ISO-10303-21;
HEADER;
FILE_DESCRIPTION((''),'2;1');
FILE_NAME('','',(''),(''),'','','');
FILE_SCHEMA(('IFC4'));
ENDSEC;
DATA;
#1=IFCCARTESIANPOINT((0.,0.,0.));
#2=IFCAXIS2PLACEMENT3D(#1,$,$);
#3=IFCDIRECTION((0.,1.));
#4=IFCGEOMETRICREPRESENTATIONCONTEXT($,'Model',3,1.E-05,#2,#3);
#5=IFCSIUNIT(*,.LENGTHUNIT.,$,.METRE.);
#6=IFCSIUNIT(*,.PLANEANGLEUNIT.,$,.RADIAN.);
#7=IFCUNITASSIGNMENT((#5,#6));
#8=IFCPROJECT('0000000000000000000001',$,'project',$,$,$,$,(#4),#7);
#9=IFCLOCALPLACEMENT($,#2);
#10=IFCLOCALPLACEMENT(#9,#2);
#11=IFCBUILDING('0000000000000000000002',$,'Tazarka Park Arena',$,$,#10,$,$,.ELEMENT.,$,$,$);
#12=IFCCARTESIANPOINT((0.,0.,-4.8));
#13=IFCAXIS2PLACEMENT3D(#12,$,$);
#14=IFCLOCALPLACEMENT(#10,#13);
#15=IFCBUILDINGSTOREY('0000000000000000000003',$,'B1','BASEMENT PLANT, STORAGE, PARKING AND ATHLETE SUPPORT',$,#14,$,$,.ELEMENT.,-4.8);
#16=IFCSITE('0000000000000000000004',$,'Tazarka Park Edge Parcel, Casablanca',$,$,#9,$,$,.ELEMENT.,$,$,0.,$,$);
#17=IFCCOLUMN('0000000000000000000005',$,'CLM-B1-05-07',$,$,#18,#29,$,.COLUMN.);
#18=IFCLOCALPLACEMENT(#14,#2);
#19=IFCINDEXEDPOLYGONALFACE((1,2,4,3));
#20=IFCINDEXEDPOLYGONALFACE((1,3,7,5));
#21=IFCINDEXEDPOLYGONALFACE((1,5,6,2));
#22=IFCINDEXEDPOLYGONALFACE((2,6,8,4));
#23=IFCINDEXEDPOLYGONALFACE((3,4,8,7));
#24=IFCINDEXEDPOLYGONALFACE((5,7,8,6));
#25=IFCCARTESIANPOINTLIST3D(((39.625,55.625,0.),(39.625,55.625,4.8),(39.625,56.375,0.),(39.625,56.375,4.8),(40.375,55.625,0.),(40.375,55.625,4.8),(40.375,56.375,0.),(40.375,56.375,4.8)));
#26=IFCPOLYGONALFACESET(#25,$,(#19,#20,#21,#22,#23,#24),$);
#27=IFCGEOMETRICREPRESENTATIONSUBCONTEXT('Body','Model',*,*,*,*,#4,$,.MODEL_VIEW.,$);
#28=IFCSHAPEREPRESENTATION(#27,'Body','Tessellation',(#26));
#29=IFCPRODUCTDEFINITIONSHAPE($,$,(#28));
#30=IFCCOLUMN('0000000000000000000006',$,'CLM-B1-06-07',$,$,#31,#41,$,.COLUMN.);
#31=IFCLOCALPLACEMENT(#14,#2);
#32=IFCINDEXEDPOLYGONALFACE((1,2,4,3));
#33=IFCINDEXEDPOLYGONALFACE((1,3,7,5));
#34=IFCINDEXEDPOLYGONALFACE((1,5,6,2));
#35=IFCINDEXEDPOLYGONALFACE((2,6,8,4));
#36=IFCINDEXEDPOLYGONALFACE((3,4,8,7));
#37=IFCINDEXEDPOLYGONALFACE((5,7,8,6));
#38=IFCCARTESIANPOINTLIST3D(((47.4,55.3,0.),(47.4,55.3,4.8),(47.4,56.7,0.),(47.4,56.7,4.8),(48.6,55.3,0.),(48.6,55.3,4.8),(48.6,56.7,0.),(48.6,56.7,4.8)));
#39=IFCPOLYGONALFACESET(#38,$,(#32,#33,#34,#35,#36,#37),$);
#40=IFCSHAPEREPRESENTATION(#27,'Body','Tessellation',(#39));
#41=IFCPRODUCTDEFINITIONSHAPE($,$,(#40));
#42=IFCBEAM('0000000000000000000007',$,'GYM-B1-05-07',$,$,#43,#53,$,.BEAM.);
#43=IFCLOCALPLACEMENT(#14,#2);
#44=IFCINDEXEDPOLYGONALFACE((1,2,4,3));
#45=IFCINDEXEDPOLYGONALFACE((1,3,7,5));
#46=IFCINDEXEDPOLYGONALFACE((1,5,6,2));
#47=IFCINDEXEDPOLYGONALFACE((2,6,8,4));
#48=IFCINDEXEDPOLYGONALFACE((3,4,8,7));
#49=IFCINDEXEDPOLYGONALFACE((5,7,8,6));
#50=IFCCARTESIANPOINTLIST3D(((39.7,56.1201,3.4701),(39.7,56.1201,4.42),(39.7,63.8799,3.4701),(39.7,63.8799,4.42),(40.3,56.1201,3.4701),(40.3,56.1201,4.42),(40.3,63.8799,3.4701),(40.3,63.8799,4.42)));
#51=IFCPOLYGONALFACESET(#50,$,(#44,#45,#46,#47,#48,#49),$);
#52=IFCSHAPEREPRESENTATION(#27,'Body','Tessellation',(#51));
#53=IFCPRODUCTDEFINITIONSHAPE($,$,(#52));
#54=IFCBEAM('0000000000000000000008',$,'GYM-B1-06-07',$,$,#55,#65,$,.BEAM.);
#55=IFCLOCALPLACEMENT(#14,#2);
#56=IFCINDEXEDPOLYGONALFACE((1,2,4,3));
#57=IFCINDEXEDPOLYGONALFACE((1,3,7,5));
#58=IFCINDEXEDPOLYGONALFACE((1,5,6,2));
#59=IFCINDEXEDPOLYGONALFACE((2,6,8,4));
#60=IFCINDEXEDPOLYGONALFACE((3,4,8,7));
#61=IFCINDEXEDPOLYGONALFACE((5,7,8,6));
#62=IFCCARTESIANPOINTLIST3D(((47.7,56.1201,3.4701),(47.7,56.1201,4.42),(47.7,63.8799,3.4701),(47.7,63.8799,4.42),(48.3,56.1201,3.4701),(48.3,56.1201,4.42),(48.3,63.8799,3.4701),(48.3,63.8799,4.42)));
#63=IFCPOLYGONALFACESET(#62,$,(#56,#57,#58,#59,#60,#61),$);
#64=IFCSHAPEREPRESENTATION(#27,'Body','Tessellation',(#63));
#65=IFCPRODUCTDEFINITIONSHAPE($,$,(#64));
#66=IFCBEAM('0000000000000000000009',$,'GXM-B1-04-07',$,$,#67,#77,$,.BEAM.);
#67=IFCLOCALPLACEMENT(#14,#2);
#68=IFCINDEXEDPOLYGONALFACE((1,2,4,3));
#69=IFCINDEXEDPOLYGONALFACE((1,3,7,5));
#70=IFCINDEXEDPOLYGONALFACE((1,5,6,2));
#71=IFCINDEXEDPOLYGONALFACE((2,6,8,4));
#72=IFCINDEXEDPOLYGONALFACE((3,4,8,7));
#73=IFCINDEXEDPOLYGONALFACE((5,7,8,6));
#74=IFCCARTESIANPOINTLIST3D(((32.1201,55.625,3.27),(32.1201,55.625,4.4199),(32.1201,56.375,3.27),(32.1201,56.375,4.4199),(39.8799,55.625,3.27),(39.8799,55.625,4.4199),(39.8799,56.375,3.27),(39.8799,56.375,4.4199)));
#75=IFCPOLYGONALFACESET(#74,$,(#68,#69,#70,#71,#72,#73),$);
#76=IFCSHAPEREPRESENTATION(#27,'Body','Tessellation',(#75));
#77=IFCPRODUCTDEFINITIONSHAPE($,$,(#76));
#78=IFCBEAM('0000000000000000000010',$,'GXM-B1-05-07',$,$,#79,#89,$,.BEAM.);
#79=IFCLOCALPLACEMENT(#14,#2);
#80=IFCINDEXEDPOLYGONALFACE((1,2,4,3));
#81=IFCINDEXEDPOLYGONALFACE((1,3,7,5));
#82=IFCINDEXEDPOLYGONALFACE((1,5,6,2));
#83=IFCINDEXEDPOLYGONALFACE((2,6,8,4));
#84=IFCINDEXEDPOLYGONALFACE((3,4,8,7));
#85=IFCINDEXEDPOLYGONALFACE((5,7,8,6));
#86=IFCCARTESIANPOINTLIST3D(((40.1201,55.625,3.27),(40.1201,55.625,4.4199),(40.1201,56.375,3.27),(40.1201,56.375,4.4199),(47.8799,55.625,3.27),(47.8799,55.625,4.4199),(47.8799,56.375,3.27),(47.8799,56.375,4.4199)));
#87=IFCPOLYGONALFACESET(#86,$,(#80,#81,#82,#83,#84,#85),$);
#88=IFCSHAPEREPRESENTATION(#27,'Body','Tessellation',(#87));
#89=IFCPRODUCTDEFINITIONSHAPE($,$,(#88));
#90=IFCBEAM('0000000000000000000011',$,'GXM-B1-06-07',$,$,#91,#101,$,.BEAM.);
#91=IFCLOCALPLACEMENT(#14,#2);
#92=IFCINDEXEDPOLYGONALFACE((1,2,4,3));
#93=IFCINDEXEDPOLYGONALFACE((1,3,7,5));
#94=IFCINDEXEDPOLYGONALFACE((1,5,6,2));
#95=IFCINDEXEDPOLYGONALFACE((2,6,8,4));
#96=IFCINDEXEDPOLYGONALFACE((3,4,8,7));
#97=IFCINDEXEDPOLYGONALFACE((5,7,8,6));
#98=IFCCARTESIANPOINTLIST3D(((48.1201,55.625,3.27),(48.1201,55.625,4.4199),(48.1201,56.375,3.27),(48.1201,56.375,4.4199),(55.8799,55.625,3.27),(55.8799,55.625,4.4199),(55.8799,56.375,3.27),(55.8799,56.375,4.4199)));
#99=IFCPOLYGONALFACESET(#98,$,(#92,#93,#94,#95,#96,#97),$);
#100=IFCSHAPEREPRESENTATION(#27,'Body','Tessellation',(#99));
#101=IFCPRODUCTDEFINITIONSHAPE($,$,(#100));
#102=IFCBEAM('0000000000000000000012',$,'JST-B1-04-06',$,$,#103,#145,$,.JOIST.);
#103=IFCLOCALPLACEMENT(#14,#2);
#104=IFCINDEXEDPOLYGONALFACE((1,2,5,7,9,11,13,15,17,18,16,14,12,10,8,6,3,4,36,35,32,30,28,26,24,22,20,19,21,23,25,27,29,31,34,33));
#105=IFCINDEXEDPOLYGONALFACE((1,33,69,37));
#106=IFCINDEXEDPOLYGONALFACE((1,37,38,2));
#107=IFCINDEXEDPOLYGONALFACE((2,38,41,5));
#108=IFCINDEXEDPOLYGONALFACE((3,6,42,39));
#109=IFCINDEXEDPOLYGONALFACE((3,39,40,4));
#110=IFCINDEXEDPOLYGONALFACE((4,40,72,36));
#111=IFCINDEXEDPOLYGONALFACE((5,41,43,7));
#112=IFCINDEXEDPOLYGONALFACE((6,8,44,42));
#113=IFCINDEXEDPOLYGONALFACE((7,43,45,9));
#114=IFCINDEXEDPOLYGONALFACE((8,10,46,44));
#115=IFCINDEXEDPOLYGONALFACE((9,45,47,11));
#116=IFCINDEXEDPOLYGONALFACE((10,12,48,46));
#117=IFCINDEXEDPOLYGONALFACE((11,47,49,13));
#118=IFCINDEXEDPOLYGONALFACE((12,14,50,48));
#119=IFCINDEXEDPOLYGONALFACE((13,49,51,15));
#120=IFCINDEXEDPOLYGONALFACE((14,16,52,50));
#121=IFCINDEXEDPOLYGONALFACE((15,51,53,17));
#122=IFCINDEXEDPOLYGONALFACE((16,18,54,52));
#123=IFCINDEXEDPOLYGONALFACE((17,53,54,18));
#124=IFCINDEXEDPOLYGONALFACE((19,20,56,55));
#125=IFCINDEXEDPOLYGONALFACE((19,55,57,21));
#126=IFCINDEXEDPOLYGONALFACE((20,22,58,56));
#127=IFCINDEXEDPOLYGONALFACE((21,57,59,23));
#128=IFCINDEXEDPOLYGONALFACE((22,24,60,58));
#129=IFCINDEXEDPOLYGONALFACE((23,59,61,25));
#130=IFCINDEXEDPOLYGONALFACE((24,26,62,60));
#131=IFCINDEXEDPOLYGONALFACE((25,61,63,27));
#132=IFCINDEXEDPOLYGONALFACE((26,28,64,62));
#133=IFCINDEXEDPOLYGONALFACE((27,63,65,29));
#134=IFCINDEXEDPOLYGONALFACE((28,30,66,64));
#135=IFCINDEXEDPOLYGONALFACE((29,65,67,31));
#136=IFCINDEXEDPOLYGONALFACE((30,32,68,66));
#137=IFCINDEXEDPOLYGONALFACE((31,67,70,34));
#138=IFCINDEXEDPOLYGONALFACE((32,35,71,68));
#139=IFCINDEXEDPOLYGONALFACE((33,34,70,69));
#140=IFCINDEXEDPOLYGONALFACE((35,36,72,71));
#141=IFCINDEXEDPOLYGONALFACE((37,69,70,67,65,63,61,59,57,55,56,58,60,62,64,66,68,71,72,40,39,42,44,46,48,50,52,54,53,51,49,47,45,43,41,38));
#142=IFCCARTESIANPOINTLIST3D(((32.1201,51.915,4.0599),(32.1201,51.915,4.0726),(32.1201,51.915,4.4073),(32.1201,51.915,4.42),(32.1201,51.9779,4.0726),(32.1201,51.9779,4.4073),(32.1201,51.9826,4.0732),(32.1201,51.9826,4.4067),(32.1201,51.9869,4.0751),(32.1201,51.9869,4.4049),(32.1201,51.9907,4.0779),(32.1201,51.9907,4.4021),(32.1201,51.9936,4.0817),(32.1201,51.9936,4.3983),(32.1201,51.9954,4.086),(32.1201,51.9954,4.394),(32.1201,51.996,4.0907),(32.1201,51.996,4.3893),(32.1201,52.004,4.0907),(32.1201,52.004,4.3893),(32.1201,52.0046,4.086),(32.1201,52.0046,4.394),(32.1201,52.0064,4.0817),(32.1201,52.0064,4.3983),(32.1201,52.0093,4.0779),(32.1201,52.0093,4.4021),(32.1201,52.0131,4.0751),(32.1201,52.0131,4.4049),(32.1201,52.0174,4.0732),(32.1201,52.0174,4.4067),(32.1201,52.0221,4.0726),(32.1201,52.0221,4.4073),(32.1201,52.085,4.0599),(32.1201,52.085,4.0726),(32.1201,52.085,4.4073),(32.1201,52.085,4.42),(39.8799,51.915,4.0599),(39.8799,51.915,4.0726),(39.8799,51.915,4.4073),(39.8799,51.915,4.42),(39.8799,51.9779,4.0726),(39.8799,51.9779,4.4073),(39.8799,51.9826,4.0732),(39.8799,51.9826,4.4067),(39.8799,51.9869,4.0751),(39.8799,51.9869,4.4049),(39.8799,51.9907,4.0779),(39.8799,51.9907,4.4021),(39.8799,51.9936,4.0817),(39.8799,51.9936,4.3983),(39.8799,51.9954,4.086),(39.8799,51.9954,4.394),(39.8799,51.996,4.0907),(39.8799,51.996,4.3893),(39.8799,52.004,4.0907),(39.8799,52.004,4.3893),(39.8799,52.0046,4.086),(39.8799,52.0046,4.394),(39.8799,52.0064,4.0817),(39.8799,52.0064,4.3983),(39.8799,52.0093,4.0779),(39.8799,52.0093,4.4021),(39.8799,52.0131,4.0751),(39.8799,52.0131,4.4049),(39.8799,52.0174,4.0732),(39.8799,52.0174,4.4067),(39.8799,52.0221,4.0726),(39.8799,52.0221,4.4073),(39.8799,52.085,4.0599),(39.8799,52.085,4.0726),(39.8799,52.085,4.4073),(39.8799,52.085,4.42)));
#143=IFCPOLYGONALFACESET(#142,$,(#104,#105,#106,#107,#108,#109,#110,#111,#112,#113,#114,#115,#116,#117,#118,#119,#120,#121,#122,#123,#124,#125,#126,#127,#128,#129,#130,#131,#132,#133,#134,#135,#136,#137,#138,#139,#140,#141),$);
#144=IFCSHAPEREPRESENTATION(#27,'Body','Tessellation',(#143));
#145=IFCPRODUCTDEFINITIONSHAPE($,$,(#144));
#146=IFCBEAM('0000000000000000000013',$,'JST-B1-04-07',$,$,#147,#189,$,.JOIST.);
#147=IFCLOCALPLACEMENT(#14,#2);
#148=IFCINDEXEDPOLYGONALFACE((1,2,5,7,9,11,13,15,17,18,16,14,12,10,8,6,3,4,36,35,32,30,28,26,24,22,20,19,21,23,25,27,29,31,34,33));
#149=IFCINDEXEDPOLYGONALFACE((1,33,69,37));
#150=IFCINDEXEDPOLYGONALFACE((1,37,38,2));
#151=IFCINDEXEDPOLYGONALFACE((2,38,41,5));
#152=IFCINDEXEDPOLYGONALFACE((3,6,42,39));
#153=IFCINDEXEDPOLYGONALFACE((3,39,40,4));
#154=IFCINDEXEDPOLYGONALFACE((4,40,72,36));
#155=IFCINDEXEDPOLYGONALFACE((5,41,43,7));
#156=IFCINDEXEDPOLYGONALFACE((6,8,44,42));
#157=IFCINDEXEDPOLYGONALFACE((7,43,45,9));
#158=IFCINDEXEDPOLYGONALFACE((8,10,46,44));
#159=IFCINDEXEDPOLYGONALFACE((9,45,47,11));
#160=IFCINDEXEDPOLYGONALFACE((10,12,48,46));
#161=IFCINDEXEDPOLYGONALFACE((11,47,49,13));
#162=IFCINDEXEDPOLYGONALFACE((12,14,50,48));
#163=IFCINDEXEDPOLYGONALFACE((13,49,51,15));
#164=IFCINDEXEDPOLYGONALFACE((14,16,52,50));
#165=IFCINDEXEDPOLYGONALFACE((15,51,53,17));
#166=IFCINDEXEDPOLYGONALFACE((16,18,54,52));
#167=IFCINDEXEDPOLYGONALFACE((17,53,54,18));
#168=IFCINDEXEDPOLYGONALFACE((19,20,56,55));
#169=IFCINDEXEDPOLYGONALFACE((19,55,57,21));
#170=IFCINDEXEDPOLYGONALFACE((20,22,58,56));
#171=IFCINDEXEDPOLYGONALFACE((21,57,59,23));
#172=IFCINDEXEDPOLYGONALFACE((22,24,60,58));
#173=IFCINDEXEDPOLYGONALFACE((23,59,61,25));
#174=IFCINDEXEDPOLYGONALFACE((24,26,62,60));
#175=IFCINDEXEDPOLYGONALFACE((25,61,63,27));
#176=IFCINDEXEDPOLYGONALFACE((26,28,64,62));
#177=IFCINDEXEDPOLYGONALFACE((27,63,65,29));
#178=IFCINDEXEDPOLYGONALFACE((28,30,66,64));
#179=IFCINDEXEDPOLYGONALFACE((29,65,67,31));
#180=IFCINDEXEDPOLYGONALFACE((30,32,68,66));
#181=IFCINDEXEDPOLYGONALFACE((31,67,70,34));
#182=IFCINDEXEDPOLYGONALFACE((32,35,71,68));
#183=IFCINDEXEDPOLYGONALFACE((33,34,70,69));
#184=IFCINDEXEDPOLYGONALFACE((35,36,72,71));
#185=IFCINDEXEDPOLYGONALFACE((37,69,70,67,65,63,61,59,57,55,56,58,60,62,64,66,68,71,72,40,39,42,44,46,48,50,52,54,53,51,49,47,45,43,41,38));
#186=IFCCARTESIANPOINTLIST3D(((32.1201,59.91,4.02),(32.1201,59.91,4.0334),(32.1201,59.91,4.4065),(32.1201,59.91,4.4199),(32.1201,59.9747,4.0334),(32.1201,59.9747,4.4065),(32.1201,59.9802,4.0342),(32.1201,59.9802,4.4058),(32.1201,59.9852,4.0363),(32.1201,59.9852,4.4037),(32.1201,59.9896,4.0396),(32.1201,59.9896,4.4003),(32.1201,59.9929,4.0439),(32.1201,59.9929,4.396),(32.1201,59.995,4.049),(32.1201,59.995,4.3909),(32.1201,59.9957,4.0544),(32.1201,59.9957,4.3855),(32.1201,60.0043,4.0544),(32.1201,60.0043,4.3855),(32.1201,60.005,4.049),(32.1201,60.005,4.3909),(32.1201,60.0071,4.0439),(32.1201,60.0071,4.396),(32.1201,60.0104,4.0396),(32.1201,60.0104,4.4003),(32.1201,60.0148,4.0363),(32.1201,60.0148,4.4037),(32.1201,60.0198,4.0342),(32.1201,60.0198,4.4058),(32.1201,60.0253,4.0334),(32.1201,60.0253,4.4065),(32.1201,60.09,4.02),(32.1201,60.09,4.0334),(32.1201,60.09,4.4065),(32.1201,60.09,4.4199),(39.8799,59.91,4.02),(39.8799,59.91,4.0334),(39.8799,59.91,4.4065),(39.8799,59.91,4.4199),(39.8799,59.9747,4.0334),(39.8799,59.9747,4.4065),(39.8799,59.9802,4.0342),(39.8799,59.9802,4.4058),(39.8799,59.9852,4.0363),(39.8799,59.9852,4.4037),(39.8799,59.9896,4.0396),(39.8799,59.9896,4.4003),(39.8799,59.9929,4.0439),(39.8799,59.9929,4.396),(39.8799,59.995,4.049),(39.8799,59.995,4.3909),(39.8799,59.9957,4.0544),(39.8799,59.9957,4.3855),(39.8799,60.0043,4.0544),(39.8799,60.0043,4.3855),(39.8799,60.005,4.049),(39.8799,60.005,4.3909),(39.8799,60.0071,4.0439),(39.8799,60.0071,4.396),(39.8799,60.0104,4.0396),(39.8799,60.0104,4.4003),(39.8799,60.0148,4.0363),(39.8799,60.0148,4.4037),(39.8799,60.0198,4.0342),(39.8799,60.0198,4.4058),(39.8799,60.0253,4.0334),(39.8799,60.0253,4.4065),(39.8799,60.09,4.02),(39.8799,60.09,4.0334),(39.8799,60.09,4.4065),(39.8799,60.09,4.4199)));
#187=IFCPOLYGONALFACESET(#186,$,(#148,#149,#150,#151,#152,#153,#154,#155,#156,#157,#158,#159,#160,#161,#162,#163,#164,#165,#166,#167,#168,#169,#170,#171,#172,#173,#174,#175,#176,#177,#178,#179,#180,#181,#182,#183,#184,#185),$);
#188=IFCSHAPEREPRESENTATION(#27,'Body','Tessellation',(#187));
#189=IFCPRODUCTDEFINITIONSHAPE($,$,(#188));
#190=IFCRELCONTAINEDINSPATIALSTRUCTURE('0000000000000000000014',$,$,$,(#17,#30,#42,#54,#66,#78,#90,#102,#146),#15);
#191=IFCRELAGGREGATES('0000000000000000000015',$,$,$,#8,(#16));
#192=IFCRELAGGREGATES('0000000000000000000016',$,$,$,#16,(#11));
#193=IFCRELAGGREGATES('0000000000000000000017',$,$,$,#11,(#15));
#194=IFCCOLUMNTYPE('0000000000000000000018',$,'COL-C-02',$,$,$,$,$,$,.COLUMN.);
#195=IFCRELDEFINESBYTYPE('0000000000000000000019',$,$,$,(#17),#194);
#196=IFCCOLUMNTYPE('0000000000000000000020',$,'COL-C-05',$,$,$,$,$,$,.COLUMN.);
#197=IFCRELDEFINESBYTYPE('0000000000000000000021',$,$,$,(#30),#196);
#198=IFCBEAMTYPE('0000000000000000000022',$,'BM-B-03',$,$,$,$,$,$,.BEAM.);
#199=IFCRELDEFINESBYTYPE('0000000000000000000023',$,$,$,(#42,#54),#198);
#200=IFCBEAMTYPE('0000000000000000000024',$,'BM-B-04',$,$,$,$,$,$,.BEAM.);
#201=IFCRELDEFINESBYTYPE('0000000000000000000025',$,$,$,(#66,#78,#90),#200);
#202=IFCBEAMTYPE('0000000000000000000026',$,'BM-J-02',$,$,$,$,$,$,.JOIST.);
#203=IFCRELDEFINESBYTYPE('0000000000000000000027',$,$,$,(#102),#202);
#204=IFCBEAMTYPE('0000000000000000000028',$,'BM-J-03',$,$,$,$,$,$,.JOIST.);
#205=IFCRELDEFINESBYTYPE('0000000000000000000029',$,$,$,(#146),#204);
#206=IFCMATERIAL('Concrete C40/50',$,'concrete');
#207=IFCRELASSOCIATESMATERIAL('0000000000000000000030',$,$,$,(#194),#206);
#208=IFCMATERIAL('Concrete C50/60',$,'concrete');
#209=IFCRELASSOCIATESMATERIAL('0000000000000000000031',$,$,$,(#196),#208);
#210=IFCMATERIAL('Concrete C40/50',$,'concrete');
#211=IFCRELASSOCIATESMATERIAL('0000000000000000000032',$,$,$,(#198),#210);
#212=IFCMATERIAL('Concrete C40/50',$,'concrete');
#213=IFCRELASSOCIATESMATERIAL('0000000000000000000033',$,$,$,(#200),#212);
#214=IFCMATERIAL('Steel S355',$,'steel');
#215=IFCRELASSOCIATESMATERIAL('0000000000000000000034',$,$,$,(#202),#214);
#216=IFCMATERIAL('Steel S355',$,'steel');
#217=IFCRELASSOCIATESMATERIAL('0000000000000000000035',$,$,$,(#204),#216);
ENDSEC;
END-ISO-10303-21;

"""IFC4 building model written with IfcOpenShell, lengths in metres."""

from ifc_helpers import new_model, si_unit, direction, frame, origin, origin_2d, place, context, subcontext, project, spatial, rectangle, i_section, extrude, material, material_profile, profile_set, type_object, element, save


model = new_model("IFC4")

# Units and contexts
model_context = context("Model", 3, precision=1e-05, world=origin(), true_north=direction((0.0, 1.0)))
body_context = subcontext(model_context, "Body", "Model", "MODEL_VIEW")
ifc_project = project(units=[si_unit("LENGTHUNIT", "METRE"), si_unit("PLANEANGLEUNIT", "RADIAN")], contexts=[model_context])

# Site, building, storey
site_placement = place(None, origin())
site = spatial("IfcSite", under=ifc_project, at=site_placement, Name="Tazarka Park Edge Parcel, Casablanca", CompositionType="ELEMENT", RefElevation=0.0)
building_placement = place(site_placement, origin())
building = spatial("IfcBuilding", under=site, at=building_placement, Name="Tazarka Park Arena", CompositionType="ELEMENT")
storey_placement = place(building_placement, frame((0.0, 0.0, -4.8)))
storey = spatial("IfcBuildingStorey", under=building, at=storey_placement, Name="B1", Description="BASEMENT PLANT, STORAGE, PARKING AND ATHLETE SUPPORT", CompositionType="ELEMENT", Elevation=-4.8)

# Columns
ifc_material_1 = material(Name="Concrete C40/50", Category="concrete")
ifc_material_profile_1 = material_profile(ifc_material_1, rectangle(XDim=0.75, YDim=0.75, at=origin_2d()), Name="Concrete C40/50")
ifc_profile_set_1 = profile_set([ifc_material_profile_1], Name="Concrete C40/50")
column_type_1 = type_object("IfcColumnType", Name="COL-C-02", PredefinedType="COLUMN", material=ifc_profile_set_1)
column_1_placement = place(storey_placement, frame((40.0, 56.0, 0.0), z_axis=(0.0, 0.0, 1.0), x_axis=(1.0, 0.0, 0.0)))
element("IfcColumn", 1, at=column_1_placement, inside=storey, type_object=column_type_1, Name="CLM-B1-05-07", PredefinedType="COLUMN", context=body_context, shape_type="SweptSolid", body=[
    extrude(rectangle(XDim=0.75, YDim=0.75, at=origin_2d()), origin(), (0.0, 0.0, 1.0), 4.8),
])
ifc_material_2 = material(Name="Concrete C50/60", Category="concrete")
ifc_material_profile_2 = material_profile(ifc_material_2, rectangle(XDim=1.2, YDim=1.3999, at=origin_2d()), Name="Concrete C50/60")
ifc_profile_set_2 = profile_set([ifc_material_profile_2], Name="Concrete C50/60")
column_type_2 = type_object("IfcColumnType", Name="COL-C-05", PredefinedType="COLUMN", material=ifc_profile_set_2)
column_2_placement = place(storey_placement, frame((48.0, 56.0, 0.0), z_axis=(0.0, 0.0, 1.0), x_axis=(1.0, 0.0, 0.0)))
element("IfcColumn", 2, at=column_2_placement, inside=storey, type_object=column_type_2, Name="CLM-B1-06-07", PredefinedType="COLUMN", context=body_context, shape_type="SweptSolid", body=[
    extrude(rectangle(XDim=1.2, YDim=1.3999, at=origin_2d()), origin(), (0.0, 0.0, 1.0), 4.8),
])

# Beams
ifc_material_3 = material(Name="Concrete C40/50", Category="concrete")
ifc_material_profile_3 = material_profile(ifc_material_3, rectangle(XDim=0.6001, YDim=0.95, at=origin_2d()), Name="Concrete C40/50")
ifc_profile_set_3 = profile_set([ifc_material_profile_3], Name="Concrete C40/50")
beam_type_1 = type_object("IfcBeamType", Name="BM-B-03", PredefinedType="BEAM", material=ifc_profile_set_3)
for number, where, z_axis, x_axis, name in (
    (3, (40.0, 56.1201, 3.9451), (0.0, 1.0, 0.0), (-1.0, 0.0, 0.0), "GYM-B1-05-07"),
    (4, (48.0, 56.1201, 3.9451), (0.0, 1.0, 0.0), (-1.0, 0.0, 0.0), "GYM-B1-06-07"),
):
    element("IfcBeam", number, at=place(storey_placement, frame(where, z_axis=z_axis, x_axis=x_axis)), inside=storey, type_object=beam_type_1, Name=name, PredefinedType="BEAM", context=body_context, shape_type="SweptSolid", body=[
        extrude(rectangle(XDim=0.6001, YDim=0.95, at=origin_2d()), origin(), (0.0, 0.0, 1.0), 7.7598),
    ])
ifc_material_4 = material(Name="Concrete C40/50", Category="concrete")
ifc_material_profile_4 = material_profile(ifc_material_4, rectangle(XDim=0.75, YDim=1.1499, at=origin_2d()), Name="Concrete C40/50")
ifc_profile_set_4 = profile_set([ifc_material_profile_4], Name="Concrete C40/50")
beam_type_2 = type_object("IfcBeamType", Name="BM-B-04", PredefinedType="BEAM", material=ifc_profile_set_4)
for number, where, z_axis, x_axis, name in (
    (5, (32.1201, 56.0, 3.845), (1.0, 0.0, 0.0), (0.0, 1.0, 0.0), "GXM-B1-04-07"),
    (6, (40.1201, 56.0, 3.845), (1.0, 0.0, 0.0), (0.0, 1.0, 0.0), "GXM-B1-05-07"),
    (7, (48.1201, 56.0, 3.845), (1.0, 0.0, 0.0), (0.0, 1.0, 0.0), "GXM-B1-06-07"),
):
    element("IfcBeam", number, at=place(storey_placement, frame(where, z_axis=z_axis, x_axis=x_axis)), inside=storey, type_object=beam_type_2, Name=name, PredefinedType="BEAM", context=body_context, shape_type="SweptSolid", body=[
        extrude(rectangle(XDim=0.75, YDim=1.1499, at=origin_2d()), origin(), (0.0, 0.0, 1.0), 7.7598),
    ])
ifc_material_5 = material(Name="Steel S355", Category="steel")
ifc_material_profile_5 = material_profile(ifc_material_5, i_section(OverallWidth=0.1699, OverallDepth=0.3601, WebThickness=0.0081, FlangeThickness=0.0127, FilletRadius=0.0181, at=origin_2d()), Name="Steel S355")
ifc_profile_set_5 = profile_set([ifc_material_profile_5], Name="Steel S355")
beam_type_3 = type_object("IfcBeamType", Name="BM-J-02", PredefinedType="JOIST", material=ifc_profile_set_5)
beam_1_placement = place(storey_placement, frame((32.1201, 52.0, 4.24), z_axis=(1.0, 0.0, 0.0), x_axis=(0.0, 1.0, 0.0)))
element("IfcBeam", 8, at=beam_1_placement, inside=storey, type_object=beam_type_3, Name="JST-B1-04-06", PredefinedType="JOIST", context=body_context, shape_type="SweptSolid", body=[
    extrude(i_section(OverallWidth=0.1699, OverallDepth=0.3601, WebThickness=0.0081, FlangeThickness=0.0127, FilletRadius=0.0181, at=origin_2d()), origin(), (0.0, 0.0, 1.0), 7.7598),
])
ifc_material_6 = material(Name="Steel S355", Category="steel")
ifc_material_profile_6 = material_profile(ifc_material_6, i_section(OverallWidth=0.1799, OverallDepth=0.3999, WebThickness=0.0085, FlangeThickness=0.0134, FilletRadius=0.021, at=origin_2d()), Name="Steel S355")
ifc_profile_set_6 = profile_set([ifc_material_profile_6], Name="Steel S355")
beam_type_4 = type_object("IfcBeamType", Name="BM-J-03", PredefinedType="JOIST", material=ifc_profile_set_6)
beam_2_placement = place(storey_placement, frame((32.1201, 60.0, 4.22), z_axis=(1.0, 0.0, 0.0), x_axis=(0.0, 1.0, 0.0)))
element("IfcBeam", 9, at=beam_2_placement, inside=storey, type_object=beam_type_4, Name="JST-B1-04-07", PredefinedType="JOIST", context=body_context, shape_type="SweptSolid", body=[
    extrude(i_section(OverallWidth=0.1799, OverallDepth=0.3999, WebThickness=0.0085, FlangeThickness=0.0134, FilletRadius=0.021, at=origin_2d()), origin(), (0.0, 0.0, 1.0), 7.7598),
])

save(model, "model.ifc")
